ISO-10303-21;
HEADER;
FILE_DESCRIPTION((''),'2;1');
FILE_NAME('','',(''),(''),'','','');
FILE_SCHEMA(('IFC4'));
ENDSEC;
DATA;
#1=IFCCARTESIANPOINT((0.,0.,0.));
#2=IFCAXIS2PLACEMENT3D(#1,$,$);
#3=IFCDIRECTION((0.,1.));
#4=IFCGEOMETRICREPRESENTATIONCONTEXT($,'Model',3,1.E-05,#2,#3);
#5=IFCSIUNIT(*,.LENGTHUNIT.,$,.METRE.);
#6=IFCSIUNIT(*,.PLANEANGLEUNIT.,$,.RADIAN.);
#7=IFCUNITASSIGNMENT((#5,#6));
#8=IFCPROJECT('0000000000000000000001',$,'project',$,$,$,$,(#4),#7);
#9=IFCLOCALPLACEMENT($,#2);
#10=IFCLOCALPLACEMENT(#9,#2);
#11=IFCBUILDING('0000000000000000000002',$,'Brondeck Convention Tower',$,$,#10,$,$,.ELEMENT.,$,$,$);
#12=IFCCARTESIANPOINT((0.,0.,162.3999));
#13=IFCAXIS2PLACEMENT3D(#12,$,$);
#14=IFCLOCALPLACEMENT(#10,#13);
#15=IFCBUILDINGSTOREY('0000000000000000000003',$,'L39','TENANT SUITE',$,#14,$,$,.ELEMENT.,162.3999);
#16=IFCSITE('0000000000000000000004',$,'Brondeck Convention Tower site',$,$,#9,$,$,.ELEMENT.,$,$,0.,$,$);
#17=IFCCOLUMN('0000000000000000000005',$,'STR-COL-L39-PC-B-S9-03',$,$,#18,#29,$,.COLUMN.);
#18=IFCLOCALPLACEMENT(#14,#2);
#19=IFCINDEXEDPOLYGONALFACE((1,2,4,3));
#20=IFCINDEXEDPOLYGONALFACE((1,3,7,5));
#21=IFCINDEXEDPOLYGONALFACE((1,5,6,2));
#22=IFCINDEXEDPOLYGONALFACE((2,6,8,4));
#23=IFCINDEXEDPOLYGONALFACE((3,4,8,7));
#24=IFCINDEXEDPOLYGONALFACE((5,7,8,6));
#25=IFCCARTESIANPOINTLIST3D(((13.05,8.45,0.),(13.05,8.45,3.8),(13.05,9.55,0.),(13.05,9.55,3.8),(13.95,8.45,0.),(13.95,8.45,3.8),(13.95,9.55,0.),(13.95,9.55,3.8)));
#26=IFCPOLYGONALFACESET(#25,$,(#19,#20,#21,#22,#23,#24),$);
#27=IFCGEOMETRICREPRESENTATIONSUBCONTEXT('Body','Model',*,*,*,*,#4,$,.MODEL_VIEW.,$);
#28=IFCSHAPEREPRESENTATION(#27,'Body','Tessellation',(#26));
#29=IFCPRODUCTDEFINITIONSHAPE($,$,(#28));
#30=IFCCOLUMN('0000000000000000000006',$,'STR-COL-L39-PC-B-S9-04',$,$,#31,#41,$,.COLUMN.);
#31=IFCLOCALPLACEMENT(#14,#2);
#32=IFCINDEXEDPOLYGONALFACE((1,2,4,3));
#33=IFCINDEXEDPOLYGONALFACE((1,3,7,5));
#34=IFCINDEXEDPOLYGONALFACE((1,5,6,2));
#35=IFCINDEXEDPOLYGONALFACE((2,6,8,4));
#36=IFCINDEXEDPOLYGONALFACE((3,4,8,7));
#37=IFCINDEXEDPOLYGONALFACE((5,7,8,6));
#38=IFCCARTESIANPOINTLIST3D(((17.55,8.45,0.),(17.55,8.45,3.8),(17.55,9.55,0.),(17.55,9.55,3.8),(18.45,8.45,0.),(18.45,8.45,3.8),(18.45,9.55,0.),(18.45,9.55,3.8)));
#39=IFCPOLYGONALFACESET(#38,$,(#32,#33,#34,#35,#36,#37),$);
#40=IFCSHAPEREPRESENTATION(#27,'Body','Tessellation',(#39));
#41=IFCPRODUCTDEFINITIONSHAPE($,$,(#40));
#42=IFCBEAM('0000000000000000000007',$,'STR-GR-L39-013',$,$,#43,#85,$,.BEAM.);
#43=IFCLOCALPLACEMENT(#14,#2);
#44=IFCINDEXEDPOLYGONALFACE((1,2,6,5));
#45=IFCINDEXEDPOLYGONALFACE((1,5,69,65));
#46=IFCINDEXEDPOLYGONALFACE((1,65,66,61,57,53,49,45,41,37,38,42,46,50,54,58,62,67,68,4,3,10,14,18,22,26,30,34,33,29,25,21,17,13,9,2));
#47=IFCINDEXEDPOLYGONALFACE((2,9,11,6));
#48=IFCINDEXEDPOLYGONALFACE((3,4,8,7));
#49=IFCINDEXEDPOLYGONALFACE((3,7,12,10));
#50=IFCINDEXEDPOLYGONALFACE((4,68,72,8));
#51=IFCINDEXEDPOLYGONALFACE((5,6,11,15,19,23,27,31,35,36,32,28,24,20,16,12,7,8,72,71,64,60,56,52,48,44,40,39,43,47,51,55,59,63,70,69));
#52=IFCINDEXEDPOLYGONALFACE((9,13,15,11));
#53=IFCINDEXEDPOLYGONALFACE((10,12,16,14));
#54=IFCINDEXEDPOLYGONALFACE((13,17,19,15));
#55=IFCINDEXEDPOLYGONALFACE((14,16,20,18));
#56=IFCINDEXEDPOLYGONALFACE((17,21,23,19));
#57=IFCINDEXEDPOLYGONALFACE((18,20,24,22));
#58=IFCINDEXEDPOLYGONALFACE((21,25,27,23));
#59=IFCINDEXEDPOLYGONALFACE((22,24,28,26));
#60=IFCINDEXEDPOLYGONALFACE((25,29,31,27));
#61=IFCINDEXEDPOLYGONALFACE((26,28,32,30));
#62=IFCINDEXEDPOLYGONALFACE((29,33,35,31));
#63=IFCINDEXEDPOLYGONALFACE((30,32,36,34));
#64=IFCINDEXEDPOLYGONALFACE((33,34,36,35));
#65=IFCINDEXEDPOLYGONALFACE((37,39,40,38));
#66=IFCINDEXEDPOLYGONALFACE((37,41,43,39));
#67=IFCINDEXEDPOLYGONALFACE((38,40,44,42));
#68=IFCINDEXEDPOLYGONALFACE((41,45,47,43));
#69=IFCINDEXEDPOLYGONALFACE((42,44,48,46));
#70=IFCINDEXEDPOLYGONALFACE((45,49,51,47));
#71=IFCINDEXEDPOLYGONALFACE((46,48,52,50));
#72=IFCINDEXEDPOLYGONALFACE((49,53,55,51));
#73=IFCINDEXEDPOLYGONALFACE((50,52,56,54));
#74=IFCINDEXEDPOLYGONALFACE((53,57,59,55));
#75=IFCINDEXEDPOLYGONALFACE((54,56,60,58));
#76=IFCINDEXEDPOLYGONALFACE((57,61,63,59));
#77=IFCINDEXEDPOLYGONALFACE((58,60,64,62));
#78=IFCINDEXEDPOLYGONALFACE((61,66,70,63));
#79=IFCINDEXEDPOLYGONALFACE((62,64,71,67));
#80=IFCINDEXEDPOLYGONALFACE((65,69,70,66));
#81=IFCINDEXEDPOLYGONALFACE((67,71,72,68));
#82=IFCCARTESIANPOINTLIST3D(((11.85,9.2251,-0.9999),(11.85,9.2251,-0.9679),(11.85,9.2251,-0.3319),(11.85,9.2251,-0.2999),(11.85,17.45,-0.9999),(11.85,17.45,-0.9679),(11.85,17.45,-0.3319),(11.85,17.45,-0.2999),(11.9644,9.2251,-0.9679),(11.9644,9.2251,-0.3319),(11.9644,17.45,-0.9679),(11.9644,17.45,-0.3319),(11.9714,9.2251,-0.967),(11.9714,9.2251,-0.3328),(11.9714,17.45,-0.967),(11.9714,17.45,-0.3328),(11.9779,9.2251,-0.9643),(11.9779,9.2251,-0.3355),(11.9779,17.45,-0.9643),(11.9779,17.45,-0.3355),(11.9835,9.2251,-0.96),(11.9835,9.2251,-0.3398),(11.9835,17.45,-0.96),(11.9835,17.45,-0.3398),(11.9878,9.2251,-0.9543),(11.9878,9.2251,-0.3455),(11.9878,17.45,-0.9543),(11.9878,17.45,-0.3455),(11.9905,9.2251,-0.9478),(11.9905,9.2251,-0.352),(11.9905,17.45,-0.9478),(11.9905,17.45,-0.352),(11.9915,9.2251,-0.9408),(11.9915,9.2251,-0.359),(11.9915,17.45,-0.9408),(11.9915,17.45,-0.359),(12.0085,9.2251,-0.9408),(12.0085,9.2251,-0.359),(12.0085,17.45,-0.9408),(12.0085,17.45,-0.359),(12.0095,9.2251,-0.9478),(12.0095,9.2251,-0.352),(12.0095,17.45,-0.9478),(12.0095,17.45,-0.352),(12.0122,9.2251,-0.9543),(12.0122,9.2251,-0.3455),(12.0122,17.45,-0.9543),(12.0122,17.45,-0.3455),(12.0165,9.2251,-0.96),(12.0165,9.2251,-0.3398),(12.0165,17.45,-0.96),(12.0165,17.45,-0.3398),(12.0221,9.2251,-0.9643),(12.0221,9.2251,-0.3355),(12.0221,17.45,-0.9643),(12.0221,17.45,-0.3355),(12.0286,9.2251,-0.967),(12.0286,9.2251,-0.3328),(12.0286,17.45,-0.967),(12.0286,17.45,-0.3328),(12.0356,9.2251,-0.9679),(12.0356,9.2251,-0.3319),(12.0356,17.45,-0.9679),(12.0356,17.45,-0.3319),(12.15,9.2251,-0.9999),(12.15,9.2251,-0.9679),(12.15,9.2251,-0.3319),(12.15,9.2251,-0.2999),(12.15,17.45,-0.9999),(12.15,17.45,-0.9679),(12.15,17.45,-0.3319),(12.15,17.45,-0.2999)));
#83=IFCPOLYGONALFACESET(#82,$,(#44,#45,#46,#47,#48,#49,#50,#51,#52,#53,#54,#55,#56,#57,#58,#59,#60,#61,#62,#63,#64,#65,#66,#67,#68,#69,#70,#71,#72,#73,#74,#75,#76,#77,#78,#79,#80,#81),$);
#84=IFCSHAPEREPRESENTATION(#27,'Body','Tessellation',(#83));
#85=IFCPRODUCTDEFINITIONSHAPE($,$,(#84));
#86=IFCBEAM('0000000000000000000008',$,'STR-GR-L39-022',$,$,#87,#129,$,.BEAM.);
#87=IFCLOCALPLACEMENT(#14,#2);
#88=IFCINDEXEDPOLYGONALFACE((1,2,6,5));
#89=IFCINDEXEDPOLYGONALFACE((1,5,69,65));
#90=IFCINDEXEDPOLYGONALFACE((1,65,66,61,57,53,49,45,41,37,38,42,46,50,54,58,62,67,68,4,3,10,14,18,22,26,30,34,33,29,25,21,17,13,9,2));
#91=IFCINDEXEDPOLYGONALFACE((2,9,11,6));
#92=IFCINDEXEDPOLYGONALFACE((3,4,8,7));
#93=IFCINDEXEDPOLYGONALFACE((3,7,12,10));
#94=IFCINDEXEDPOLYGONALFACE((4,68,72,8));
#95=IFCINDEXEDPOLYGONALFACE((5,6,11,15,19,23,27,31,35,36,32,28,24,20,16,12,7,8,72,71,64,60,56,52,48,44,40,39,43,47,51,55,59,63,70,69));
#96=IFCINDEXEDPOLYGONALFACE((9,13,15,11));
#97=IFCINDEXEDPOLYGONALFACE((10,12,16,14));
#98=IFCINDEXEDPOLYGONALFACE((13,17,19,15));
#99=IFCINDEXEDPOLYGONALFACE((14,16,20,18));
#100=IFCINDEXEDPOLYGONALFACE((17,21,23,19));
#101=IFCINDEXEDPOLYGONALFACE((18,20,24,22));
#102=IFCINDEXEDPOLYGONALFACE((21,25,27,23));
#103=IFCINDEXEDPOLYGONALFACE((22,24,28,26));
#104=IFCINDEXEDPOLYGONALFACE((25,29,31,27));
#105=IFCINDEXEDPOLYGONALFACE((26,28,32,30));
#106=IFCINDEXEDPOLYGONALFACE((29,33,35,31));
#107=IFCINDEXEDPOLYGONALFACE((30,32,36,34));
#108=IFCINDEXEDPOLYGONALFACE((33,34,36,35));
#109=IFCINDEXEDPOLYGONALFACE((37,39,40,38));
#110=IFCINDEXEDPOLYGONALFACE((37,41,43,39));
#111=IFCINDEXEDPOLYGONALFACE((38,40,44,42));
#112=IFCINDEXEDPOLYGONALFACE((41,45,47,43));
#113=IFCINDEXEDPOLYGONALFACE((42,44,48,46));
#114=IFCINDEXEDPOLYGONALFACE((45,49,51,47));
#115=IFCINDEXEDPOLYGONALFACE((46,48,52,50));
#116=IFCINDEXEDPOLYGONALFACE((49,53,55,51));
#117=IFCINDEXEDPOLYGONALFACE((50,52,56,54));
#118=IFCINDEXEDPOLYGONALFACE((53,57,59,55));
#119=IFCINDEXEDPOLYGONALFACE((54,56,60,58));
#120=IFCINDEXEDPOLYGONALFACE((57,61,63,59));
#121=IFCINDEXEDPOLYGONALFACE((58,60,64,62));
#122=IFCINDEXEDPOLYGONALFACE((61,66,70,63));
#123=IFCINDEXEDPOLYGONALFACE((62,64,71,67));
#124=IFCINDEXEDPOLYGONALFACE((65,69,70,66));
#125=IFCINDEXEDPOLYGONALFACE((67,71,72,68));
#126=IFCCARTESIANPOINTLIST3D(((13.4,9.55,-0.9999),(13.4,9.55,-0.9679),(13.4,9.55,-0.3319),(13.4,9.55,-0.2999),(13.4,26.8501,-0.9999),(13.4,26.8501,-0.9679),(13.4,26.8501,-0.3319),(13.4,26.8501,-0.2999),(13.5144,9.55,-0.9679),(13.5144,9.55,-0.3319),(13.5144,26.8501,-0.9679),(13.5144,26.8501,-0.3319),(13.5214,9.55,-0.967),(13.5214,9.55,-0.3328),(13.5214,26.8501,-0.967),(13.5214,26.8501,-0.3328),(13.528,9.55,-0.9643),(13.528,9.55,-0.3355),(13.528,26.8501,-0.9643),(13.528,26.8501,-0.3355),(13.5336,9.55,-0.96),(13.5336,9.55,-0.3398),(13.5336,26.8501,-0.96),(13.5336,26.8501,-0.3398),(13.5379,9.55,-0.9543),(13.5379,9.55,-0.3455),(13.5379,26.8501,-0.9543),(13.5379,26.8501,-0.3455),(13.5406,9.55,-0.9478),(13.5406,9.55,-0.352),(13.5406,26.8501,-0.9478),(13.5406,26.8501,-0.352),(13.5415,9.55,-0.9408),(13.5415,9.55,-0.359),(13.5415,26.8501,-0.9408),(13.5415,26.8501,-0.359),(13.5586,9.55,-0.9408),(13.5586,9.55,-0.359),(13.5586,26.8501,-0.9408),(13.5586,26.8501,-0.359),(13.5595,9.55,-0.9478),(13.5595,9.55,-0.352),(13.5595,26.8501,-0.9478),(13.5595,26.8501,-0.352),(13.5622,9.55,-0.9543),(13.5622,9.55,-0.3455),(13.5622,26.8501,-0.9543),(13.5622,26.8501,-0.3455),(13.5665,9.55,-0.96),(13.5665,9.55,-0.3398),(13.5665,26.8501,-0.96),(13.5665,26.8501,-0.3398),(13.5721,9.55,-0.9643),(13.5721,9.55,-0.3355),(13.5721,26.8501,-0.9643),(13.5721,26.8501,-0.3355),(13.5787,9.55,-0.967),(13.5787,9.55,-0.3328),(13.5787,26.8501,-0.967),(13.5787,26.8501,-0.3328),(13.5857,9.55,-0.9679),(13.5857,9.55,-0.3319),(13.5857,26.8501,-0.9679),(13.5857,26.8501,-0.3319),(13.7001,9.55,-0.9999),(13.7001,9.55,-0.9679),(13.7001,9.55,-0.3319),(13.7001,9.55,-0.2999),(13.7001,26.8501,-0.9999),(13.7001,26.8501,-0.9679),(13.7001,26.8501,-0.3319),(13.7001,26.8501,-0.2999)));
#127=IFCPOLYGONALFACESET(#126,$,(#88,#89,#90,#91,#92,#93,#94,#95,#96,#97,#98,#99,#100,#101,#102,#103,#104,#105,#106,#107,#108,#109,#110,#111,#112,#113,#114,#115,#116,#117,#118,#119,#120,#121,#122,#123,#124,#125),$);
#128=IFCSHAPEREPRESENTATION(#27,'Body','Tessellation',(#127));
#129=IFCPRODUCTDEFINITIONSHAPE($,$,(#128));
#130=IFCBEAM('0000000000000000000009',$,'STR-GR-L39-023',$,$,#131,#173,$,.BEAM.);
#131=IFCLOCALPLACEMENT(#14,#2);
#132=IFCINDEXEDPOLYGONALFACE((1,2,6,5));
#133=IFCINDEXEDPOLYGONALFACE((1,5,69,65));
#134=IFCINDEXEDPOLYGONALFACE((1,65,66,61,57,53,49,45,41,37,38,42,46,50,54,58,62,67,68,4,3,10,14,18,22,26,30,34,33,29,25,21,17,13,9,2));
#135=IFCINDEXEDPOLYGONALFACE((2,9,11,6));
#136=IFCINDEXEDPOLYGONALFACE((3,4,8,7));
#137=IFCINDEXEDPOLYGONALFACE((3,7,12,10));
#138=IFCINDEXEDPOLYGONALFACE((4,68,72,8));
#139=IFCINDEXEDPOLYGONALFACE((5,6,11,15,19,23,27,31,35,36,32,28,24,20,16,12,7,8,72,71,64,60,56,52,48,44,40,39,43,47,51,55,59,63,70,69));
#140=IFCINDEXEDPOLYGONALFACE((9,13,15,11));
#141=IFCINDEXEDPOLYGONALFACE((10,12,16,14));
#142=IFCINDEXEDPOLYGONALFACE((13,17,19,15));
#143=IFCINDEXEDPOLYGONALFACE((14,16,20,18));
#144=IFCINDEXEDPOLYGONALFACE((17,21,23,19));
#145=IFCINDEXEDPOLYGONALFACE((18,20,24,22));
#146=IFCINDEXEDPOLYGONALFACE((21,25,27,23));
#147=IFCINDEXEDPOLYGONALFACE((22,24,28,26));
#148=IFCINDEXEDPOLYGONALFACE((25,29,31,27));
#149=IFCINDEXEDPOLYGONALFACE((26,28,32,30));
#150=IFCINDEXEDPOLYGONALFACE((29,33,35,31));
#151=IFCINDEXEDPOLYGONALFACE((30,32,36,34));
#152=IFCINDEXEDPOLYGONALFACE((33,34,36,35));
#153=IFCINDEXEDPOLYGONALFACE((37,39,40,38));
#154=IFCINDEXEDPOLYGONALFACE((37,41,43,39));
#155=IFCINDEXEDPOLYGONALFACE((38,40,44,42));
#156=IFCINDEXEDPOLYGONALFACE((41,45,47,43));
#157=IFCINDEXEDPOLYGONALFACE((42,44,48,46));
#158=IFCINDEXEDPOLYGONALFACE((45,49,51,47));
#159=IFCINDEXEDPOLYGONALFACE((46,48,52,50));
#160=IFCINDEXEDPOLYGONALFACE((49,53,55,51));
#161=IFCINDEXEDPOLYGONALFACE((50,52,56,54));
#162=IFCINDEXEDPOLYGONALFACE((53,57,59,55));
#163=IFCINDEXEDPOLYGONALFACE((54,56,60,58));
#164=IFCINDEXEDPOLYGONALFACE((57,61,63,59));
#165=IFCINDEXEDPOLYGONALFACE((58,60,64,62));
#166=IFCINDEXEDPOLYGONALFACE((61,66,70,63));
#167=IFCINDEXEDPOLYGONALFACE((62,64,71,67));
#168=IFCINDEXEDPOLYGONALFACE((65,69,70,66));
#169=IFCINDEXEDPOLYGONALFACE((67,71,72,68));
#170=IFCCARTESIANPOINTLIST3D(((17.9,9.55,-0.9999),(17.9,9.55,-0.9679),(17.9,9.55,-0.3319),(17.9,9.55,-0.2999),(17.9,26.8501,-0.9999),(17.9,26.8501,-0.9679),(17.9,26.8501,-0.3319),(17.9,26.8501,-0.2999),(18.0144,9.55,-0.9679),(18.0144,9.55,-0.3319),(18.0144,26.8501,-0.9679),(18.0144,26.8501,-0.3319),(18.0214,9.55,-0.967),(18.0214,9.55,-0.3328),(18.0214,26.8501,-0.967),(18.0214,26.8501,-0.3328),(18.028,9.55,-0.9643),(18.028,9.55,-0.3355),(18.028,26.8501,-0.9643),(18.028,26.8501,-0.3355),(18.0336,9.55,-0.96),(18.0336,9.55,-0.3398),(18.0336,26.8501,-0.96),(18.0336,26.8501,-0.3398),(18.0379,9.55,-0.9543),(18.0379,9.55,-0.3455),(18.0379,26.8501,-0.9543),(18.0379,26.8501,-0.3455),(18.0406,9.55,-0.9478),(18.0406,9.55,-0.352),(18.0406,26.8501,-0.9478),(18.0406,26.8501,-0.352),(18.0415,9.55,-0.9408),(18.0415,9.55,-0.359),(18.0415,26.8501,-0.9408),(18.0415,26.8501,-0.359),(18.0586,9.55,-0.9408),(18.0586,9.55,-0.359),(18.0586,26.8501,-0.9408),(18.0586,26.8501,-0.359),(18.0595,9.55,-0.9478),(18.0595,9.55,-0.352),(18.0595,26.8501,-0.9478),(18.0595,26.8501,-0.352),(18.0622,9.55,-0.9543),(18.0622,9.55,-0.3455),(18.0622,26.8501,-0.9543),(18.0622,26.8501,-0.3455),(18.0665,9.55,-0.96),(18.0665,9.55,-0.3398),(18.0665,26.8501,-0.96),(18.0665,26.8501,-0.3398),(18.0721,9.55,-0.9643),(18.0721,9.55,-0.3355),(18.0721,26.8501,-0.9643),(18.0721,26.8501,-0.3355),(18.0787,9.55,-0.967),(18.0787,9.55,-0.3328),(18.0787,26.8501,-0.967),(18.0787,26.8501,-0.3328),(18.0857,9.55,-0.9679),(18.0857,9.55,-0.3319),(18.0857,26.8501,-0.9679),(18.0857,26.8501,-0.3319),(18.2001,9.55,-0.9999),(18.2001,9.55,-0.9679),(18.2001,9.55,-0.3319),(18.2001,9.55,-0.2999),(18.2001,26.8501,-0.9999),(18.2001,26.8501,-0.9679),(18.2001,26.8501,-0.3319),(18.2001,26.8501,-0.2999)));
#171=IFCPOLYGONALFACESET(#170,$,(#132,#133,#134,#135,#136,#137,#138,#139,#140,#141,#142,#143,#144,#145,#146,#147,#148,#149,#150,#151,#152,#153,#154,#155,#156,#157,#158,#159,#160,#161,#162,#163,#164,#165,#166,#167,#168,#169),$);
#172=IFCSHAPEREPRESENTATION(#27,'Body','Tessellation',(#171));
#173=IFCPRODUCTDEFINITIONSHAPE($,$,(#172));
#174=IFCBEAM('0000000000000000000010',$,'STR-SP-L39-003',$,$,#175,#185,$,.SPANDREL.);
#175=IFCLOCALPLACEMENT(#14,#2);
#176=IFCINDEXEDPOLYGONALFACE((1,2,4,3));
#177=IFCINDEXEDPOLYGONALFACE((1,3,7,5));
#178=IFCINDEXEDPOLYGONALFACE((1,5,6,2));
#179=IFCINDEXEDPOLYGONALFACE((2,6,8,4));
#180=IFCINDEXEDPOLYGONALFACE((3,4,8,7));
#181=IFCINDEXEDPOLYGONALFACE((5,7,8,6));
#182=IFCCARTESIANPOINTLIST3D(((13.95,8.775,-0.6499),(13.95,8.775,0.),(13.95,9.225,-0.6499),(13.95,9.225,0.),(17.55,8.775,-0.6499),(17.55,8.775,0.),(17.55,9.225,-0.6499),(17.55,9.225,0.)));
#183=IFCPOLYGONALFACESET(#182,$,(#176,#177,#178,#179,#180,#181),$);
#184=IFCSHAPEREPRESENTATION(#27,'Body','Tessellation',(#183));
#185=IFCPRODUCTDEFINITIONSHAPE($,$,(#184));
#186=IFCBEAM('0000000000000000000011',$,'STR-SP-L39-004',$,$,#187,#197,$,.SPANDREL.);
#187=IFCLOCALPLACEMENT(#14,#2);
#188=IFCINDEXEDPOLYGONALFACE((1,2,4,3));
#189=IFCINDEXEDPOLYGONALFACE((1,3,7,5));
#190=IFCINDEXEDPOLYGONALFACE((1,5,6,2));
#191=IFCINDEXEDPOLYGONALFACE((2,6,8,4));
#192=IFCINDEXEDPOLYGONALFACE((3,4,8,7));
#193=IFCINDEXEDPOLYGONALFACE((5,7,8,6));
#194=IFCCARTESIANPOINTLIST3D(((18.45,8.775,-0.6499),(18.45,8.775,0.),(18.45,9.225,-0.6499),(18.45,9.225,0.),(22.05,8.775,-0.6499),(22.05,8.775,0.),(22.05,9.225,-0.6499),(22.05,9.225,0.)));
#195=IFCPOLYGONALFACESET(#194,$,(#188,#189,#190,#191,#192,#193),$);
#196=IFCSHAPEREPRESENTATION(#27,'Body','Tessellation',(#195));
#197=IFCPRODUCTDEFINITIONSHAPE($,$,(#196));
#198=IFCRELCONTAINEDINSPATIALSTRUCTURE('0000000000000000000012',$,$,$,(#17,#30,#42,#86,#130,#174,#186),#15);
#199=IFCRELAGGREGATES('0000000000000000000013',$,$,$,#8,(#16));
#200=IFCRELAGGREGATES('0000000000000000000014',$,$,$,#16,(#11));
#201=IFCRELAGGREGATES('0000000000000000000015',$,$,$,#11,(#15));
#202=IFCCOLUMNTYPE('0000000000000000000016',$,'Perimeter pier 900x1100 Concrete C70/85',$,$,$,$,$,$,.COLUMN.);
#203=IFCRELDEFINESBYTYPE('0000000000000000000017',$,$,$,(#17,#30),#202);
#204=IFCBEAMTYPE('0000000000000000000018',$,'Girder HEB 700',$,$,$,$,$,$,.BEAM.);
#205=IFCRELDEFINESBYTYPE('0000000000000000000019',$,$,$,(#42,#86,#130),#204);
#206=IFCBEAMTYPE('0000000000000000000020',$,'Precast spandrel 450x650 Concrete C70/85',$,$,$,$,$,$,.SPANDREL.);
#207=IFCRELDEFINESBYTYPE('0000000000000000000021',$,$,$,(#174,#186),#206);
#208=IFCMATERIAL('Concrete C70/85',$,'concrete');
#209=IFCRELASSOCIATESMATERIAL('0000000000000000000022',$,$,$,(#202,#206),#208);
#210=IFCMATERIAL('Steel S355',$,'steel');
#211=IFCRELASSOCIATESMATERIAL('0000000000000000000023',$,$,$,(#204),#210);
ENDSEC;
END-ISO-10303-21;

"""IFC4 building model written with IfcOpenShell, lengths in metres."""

from ifc_helpers import new_model, si_unit, direction, frame, origin, origin_2d, place, context, subcontext, project, spatial, rectangle, i_section, extrude, material, material_profile, profile_set, type_object, element, save


model = new_model("IFC4")

# Units and contexts
model_context = context("Model", 3, precision=1e-05, world=origin(), true_north=direction((0.0, 1.0)))
body_context = subcontext(model_context, "Body", "Model", "MODEL_VIEW")
ifc_project = project(units=[si_unit("LENGTHUNIT", "METRE"), si_unit("PLANEANGLEUNIT", "RADIAN")], contexts=[model_context])

# Site, building, storey
site_placement = place(None, origin())
site = spatial("IfcSite", under=ifc_project, at=site_placement, Name="Brondeck Convention Tower site", CompositionType="ELEMENT", RefElevation=0.0)
building_placement = place(site_placement, origin())
building = spatial("IfcBuilding", under=site, at=building_placement, Name="Brondeck Convention Tower", CompositionType="ELEMENT")
storey_placement = place(building_placement, frame((0.0, 0.0, 162.3999)))
storey = spatial("IfcBuildingStorey", under=building, at=storey_placement, Name="L39", Description="TENANT SUITE", CompositionType="ELEMENT", Elevation=162.3999)

# Columns
ifc_material_1 = material(Name="Concrete C70/85", Category="concrete")
ifc_material_profile_1 = material_profile(ifc_material_1, rectangle(XDim=0.8999, YDim=1.1001, at=origin_2d()), Name="Perimeter pier 900x1100 Concrete C70/85")
ifc_profile_set_1 = profile_set([ifc_material_profile_1], Name="Concrete C70/85")
column_type = type_object("IfcColumnType", Name="Perimeter pier 900x1100 Concrete C70/85", PredefinedType="COLUMN", material=ifc_profile_set_1)
for number, where, z_axis, x_axis, name in (
    (1, (13.5, 9.0, 0.0), (0.0, 0.0, 1.0), (1.0, 0.0, 0.0), "STR-COL-L39-PC-B-S9-03"),
    (2, (18.0, 9.0, 0.0), (0.0, 0.0, 1.0), (1.0, 0.0, 0.0), "STR-COL-L39-PC-B-S9-04"),
):
    element("IfcColumn", number, at=place(storey_placement, frame(where, z_axis=z_axis, x_axis=x_axis)), inside=storey, type_object=column_type, Name=name, PredefinedType="COLUMN", context=body_context, shape_type="SweptSolid", body=[
        extrude(rectangle(XDim=0.8999, YDim=1.1001, at=origin_2d()), origin(), (0.0, 0.0, 1.0), 3.8),
    ])

# Beams
ifc_material_2 = material(Name="Steel S355", Category="steel")
ifc_material_profile_2 = material_profile(ifc_material_2, i_section(OverallWidth=0.3, OverallDepth=0.7, WebThickness=0.0171, FlangeThickness=0.032, FilletRadius=0.0271, at=origin_2d()), Name="HEB 700")
ifc_profile_set_2 = profile_set([ifc_material_profile_2], Name="Steel S355")
beam_type_1 = type_object("IfcBeamType", Name="Girder HEB 700", PredefinedType="BEAM", material=ifc_profile_set_2)
beam_placement = place(storey_placement, frame((12.0, 17.45, -0.6499), z_axis=(0.0, -1.0, 0.0), x_axis=(1.0, 0.0, 0.0)))
element("IfcBeam", 3, at=beam_placement, inside=storey, type_object=beam_type_1, Name="STR-GR-L39-013", PredefinedType="BEAM", context=body_context, shape_type="SweptSolid", body=[
    extrude(i_section(OverallWidth=0.3, OverallDepth=0.7, WebThickness=0.0171, FlangeThickness=0.032, FilletRadius=0.0271, at=origin_2d()), origin(), (0.0, 0.0, 1.0), 8.2249),
])
for number, where, z_axis, x_axis, name in (
    (4, (13.55, 9.55, -0.6499), (0.0, 1.0, 0.0), (-1.0, 0.0, 0.0), "STR-GR-L39-022"),
    (5, (18.05, 9.55, -0.6499), (0.0, 1.0, 0.0), (-1.0, 0.0, 0.0), "STR-GR-L39-023"),
):
    element("IfcBeam", number, at=place(storey_placement, frame(where, z_axis=z_axis, x_axis=x_axis)), inside=storey, type_object=beam_type_1, Name=name, PredefinedType="BEAM", context=body_context, shape_type="SweptSolid", body=[
        extrude(i_section(OverallWidth=0.3, OverallDepth=0.7, WebThickness=0.0171, FlangeThickness=0.032, FilletRadius=0.0271, at=origin_2d()), origin(), (0.0, 0.0, 1.0), 17.3),
    ])
ifc_material_profile_3 = material_profile(ifc_material_1, rectangle(XDim=0.45, YDim=0.6499, at=origin_2d()), Name="Precast spandrel 450x650 Concrete C70/85")
ifc_profile_set_3 = profile_set([ifc_material_profile_3], Name="Concrete C70/85")
beam_type_2 = type_object("IfcBeamType", Name="Precast spandrel 450x650 Concrete C70/85", PredefinedType="SPANDREL", material=ifc_profile_set_3)
for number, where, z_axis, x_axis, name in (
    (6, (13.95, 9.0, -0.325), (1.0, 0.0, 0.0), (0.0, 1.0, 0.0), "STR-SP-L39-003"),
    (7, (18.45, 9.0, -0.325), (1.0, 0.0, 0.0), (0.0, 1.0, 0.0), "STR-SP-L39-004"),
):
    element("IfcBeam", number, at=place(storey_placement, frame(where, z_axis=z_axis, x_axis=x_axis)), inside=storey, type_object=beam_type_2, Name=name, PredefinedType="SPANDREL", context=body_context, shape_type="SweptSolid", body=[
        extrude(rectangle(XDim=0.45, YDim=0.6499, at=origin_2d()), origin(), (0.0, 0.0, 1.0), 3.6001),
    ])

save(model, "model.ifc")
